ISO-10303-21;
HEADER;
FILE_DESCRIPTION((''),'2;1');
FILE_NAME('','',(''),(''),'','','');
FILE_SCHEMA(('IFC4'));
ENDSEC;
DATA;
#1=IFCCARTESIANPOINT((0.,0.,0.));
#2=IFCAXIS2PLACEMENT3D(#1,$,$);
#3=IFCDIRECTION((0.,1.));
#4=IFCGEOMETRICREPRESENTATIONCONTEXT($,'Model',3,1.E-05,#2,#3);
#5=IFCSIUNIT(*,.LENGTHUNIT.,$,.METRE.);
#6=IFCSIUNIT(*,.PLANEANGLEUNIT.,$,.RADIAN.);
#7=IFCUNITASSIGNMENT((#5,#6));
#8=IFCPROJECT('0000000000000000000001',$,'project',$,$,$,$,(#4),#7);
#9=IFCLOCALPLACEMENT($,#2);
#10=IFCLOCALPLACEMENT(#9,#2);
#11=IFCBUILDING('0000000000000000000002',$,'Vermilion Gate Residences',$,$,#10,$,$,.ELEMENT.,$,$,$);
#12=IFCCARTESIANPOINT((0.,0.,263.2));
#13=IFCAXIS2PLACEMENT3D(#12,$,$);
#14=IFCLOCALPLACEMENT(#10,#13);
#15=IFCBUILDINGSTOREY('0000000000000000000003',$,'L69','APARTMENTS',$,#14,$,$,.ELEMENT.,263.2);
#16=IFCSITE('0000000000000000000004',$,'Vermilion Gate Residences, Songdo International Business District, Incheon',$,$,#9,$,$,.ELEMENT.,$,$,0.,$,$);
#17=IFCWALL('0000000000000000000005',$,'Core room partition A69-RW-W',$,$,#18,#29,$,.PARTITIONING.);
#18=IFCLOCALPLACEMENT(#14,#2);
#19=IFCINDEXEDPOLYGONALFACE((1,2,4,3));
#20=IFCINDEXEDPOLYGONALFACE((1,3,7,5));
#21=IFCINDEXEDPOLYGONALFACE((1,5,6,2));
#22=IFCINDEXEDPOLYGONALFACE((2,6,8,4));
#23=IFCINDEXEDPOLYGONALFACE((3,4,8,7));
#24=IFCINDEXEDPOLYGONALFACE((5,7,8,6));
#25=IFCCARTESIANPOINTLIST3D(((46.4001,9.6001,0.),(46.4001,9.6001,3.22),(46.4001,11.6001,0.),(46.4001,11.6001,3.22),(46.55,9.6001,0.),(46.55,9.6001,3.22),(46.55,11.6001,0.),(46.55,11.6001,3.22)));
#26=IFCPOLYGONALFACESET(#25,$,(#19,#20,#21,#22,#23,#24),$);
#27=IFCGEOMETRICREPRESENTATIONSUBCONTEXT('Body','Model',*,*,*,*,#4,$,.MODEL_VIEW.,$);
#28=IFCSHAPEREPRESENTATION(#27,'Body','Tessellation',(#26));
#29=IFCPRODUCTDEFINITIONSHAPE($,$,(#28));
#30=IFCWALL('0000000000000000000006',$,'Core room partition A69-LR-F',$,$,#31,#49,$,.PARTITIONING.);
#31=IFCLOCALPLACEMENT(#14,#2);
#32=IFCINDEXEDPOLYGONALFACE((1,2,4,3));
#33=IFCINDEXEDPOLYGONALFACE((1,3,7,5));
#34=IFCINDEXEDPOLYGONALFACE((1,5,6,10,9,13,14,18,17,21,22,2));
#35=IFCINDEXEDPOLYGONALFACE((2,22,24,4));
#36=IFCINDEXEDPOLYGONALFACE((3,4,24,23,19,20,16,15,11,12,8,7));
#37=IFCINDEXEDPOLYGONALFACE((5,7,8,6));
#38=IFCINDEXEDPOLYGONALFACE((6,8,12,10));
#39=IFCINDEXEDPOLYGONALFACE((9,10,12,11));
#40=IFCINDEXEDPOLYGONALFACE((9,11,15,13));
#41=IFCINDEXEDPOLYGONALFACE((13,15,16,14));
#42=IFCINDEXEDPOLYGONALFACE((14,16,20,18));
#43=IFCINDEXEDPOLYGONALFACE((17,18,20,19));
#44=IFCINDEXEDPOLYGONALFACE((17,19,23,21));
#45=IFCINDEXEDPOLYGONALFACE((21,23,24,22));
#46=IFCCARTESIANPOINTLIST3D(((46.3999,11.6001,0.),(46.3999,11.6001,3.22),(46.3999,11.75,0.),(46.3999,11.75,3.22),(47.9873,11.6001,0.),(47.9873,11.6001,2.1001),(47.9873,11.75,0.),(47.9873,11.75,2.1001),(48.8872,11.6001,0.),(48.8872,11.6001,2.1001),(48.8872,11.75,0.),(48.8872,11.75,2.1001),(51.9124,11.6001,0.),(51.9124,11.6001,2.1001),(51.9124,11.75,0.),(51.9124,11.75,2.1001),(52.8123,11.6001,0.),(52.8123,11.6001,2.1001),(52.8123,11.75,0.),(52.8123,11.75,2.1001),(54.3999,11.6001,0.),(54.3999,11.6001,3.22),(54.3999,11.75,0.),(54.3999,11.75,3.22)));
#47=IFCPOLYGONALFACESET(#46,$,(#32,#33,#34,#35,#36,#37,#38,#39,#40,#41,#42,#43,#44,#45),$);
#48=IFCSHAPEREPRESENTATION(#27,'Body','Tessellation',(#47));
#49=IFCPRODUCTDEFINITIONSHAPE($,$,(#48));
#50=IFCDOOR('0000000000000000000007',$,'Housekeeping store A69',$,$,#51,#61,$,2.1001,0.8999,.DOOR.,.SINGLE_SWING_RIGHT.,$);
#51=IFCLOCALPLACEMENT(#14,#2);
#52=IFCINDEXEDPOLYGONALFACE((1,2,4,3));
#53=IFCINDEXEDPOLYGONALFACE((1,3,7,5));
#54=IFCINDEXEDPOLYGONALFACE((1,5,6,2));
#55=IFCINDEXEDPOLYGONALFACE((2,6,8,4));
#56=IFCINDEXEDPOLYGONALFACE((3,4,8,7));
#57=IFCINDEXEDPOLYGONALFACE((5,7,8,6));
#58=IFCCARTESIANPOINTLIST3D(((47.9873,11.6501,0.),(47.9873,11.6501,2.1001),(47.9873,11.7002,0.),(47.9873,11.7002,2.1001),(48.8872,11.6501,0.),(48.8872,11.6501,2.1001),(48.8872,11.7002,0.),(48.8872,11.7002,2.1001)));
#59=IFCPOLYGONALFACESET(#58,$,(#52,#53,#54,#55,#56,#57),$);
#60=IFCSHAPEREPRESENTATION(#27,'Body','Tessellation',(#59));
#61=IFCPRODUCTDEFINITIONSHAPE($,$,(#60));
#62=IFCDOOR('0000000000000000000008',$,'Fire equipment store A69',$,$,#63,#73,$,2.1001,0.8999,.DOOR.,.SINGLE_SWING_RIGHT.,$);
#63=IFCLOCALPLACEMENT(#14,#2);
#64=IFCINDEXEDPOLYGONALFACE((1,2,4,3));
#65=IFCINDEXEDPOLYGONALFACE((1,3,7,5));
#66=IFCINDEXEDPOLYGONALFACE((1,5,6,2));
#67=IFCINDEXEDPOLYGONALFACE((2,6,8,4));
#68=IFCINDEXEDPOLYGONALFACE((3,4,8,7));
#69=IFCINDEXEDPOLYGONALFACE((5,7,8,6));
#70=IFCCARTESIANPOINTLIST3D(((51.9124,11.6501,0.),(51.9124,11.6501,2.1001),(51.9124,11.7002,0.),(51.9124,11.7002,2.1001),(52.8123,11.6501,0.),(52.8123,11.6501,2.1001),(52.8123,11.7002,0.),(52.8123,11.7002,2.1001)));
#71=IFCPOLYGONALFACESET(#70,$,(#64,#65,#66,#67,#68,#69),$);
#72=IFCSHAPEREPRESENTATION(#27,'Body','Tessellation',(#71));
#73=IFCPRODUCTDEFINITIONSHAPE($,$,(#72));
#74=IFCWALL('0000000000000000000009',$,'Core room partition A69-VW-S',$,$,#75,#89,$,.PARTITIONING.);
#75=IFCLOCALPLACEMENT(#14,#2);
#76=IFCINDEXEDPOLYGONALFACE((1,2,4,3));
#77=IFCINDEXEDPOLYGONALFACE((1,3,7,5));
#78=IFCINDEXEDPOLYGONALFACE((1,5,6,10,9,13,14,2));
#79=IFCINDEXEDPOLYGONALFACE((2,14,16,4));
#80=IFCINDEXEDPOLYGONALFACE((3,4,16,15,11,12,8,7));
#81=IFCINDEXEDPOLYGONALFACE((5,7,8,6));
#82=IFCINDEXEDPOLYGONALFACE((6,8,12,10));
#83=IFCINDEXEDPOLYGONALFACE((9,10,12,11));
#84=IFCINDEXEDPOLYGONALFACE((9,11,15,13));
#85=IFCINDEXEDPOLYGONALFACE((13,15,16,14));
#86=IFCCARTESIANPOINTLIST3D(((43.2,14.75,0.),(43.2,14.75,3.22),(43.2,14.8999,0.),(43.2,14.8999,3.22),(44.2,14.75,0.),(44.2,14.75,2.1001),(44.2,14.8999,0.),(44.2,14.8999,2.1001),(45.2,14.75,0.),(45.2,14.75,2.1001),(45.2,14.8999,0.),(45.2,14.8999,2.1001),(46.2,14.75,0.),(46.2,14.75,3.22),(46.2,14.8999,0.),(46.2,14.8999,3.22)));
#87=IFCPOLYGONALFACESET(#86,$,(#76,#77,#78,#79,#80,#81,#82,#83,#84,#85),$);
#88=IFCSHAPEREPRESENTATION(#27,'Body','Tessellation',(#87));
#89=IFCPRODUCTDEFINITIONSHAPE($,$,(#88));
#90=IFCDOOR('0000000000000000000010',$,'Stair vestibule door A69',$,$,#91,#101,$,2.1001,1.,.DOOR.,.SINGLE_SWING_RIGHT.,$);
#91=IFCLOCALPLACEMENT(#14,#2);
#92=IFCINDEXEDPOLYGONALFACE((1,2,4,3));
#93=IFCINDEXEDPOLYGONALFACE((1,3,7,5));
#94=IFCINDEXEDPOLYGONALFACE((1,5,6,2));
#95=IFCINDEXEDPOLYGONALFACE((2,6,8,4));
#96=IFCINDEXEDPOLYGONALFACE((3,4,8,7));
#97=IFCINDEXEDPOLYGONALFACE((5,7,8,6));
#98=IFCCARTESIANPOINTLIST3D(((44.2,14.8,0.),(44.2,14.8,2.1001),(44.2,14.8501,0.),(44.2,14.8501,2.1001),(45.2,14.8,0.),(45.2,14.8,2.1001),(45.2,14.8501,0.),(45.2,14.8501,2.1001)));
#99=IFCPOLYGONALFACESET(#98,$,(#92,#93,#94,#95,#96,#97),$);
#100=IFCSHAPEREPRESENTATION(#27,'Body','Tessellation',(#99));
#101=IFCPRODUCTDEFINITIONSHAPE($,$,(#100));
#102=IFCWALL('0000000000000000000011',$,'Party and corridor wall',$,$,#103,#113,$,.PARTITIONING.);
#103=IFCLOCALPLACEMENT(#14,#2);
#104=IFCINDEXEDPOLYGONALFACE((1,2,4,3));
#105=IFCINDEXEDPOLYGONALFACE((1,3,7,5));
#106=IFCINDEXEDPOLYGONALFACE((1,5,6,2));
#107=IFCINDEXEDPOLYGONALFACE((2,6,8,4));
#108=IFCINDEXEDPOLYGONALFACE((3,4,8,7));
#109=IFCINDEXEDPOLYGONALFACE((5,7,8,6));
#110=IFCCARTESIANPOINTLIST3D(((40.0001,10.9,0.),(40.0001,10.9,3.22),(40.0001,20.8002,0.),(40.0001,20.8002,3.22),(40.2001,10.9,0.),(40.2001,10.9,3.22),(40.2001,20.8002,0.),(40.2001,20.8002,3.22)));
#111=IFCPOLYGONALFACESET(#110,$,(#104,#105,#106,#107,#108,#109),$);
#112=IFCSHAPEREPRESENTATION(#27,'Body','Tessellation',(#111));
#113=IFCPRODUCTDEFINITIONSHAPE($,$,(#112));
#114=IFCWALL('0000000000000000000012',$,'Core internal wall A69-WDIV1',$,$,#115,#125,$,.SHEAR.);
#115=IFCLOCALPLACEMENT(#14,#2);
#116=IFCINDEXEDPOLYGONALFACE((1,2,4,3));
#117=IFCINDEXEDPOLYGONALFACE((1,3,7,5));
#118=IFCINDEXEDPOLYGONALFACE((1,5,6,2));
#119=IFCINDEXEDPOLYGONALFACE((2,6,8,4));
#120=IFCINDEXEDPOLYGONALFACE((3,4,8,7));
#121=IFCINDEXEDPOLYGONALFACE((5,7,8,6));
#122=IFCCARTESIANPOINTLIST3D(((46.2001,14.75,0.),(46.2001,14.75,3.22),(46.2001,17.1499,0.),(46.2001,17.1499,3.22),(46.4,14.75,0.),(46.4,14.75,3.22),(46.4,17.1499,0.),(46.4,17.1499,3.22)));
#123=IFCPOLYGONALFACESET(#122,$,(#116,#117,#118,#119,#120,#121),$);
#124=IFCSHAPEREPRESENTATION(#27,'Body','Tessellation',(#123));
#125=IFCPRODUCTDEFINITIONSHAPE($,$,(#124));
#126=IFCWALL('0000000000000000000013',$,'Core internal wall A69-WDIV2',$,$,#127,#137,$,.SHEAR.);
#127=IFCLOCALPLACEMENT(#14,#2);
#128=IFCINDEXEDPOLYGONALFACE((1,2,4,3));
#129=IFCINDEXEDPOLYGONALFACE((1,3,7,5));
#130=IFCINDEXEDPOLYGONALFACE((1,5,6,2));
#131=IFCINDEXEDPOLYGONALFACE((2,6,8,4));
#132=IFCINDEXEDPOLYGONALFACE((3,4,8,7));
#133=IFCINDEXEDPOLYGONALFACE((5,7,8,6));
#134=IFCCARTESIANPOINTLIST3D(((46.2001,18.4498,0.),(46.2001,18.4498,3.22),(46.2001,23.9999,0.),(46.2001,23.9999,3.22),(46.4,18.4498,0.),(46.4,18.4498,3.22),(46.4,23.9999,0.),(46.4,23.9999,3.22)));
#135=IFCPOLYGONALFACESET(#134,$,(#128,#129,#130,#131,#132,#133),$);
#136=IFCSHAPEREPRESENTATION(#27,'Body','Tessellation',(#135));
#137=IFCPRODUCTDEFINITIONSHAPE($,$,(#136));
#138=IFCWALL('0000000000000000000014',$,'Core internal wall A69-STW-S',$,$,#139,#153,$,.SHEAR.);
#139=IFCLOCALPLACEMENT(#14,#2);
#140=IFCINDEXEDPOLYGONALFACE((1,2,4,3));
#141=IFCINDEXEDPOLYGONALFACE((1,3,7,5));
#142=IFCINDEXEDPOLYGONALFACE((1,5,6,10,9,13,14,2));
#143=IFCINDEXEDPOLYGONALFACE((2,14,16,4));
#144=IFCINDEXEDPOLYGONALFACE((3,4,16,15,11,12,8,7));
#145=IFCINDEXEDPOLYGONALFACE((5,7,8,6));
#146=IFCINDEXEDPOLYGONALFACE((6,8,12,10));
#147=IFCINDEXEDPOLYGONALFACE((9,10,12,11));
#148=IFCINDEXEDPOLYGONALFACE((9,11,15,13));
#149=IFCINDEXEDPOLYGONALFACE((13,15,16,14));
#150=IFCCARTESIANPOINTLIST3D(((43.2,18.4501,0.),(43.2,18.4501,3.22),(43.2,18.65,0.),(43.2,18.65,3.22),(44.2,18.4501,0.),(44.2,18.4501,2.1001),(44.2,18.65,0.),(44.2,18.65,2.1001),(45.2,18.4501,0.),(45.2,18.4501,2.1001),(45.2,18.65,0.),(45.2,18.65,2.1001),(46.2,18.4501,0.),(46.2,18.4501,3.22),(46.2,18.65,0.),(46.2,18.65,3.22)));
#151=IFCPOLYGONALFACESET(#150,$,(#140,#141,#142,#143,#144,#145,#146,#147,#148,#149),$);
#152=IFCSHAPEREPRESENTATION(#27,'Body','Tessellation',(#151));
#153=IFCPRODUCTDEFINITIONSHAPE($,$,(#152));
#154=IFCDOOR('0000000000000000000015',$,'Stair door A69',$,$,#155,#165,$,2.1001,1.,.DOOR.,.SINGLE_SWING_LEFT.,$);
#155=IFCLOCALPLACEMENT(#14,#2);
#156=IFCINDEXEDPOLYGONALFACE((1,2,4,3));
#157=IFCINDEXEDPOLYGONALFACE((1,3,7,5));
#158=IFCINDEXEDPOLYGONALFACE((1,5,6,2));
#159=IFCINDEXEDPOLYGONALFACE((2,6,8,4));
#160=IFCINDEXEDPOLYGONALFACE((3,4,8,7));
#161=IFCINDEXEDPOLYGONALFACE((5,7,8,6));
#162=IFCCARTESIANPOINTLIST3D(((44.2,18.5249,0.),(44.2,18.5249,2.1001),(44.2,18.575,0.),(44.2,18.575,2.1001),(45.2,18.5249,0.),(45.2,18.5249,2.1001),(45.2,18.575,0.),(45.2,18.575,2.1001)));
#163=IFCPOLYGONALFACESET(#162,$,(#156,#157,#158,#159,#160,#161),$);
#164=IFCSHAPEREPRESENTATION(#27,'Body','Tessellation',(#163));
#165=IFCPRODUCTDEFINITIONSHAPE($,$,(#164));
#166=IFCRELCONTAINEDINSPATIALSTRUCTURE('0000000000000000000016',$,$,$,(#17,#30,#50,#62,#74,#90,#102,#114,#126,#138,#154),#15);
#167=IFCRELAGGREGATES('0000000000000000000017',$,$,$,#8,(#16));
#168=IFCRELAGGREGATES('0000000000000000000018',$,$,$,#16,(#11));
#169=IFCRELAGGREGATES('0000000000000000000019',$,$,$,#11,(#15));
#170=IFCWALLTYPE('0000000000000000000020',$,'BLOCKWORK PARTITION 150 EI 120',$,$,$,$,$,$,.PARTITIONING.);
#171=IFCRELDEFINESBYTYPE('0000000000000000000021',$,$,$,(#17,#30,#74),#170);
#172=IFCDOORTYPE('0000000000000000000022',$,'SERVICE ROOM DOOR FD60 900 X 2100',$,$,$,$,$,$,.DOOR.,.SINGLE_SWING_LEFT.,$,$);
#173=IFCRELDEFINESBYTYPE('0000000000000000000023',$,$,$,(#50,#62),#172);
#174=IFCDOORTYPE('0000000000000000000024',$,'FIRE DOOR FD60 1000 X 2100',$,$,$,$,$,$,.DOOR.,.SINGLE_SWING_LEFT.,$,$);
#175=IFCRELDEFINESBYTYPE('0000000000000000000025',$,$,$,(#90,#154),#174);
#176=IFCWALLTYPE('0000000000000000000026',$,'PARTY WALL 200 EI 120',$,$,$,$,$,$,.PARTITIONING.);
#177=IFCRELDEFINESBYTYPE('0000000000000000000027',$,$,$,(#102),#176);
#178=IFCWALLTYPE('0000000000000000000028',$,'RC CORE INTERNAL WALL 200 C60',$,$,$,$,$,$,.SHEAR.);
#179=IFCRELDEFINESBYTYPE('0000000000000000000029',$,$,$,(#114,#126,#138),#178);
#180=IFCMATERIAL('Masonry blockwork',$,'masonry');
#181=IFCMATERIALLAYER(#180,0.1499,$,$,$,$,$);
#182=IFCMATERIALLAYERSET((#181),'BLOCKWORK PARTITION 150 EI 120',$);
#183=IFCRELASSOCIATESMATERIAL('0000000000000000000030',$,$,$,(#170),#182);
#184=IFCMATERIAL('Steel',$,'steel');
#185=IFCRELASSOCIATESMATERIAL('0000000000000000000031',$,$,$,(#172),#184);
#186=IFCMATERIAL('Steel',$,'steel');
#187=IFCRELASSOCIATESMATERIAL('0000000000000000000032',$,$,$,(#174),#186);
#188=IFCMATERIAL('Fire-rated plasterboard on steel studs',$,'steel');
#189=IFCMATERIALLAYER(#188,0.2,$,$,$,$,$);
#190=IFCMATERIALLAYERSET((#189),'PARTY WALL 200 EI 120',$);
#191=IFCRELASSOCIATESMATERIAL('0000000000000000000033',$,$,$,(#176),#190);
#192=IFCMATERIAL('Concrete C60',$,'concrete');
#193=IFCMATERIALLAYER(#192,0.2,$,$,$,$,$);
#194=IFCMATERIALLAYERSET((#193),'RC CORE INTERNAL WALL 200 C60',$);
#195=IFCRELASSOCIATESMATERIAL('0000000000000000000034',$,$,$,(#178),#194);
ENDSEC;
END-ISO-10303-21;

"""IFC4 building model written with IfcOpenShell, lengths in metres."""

from ifc_helpers import new_model, si_unit, direction, frame, frame_2d, origin, place, context, subcontext, project, spatial, rectangle, extrude, material, layer, layer_set, type_object, element, fill, save


model = new_model("IFC4")

# Units and contexts
model_context = context("Model", 3, precision=1e-05, world=origin(), true_north=direction((0.0, 1.0)))
body_context = subcontext(model_context, "Body", "Model", "MODEL_VIEW")
ifc_project = project(units=[si_unit("LENGTHUNIT", "METRE"), si_unit("PLANEANGLEUNIT", "RADIAN")], contexts=[model_context])

# Site, building, storey
site_placement = place(None, origin())
site = spatial("IfcSite", under=ifc_project, at=site_placement, Name="Vermilion Gate Residences, Songdo International Business District, Incheon", CompositionType="ELEMENT", RefElevation=0.0)
building_placement = place(site_placement, origin())
building = spatial("IfcBuilding", under=site, at=building_placement, Name="Vermilion Gate Residences", CompositionType="ELEMENT")
storey_placement = place(building_placement, frame((0.0, 0.0, 263.2)))
storey = spatial("IfcBuildingStorey", under=building, at=storey_placement, Name="L69", Description="APARTMENTS", CompositionType="ELEMENT", Elevation=263.2)

# Wall
ifc_material_1 = material(Name="Masonry blockwork", Category="masonry")
ifc_layer_1 = layer(ifc_material_1, 0.1499)
ifc_layer_set_1 = layer_set([ifc_layer_1], Name="BLOCKWORK PARTITION 150 EI 120")
wall_type_1 = type_object("IfcWallType", Name="BLOCKWORK PARTITION 150 EI 120", PredefinedType="PARTITIONING", material=ifc_layer_set_1)
wall_1_placement = place(storey_placement, frame((46.4751, 9.6001, 0.0), z_axis=(0.0, 0.0, 1.0), x_axis=(0.0, 1.0, 0.0)))
element("IfcWall", 1, at=wall_1_placement, inside=storey, type_object=wall_type_1, Name="Core room partition A69-RW-W", PredefinedType="PARTITIONING", context=body_context, shape_type="SweptSolid", body=[
    extrude(rectangle(XDim=2.0, YDim=0.1499, at=frame_2d((1.0, 0.0))), origin(), (0.0, 0.0, 1.0), 3.22),
])

# Wall, openings, doors
wall_2_placement = place(storey_placement, frame((46.3999, 11.675, 0.0), z_axis=(0.0, 0.0, 1.0), x_axis=(1.0, 0.0, 0.0)))
wall_2 = element("IfcWall", 2, at=wall_2_placement, inside=storey, type_object=wall_type_1, Name="Core room partition A69-LR-F", PredefinedType="PARTITIONING", context=body_context, shape_type="SweptSolid", body=[
    extrude(rectangle(XDim=8.0, YDim=0.1499, at=frame_2d((4.0, 0.0))), origin(), (0.0, 0.0, 1.0), 3.22),
])
opening_1_placement = place(wall_2_placement, frame((1.5874, 0.0, 0.0)))
opening_1 = element("IfcOpeningElement", 3, at=opening_1_placement, cuts=wall_2, PredefinedType="OPENING", context=body_context, shape_type="SweptSolid", body=[
    extrude(rectangle(XDim=0.8999, YDim=2.1001, at=frame_2d((0.45, 1.05))), frame((0.0, 0.085, 0.0), z_axis=(0.0, -1.0, 0.0), x_axis=(1.0, 0.0, 0.0)), (0.0, 0.0, 1.0), 0.1699),
])
opening_2_placement = place(wall_2_placement, frame((5.5125, 0.0, 0.0)))
opening_2 = element("IfcOpeningElement", 4, at=opening_2_placement, cuts=wall_2, PredefinedType="OPENING", context=body_context, shape_type="SweptSolid", body=[
    extrude(rectangle(XDim=0.8999, YDim=2.1001, at=frame_2d((0.45, 1.05))), frame((0.0, 0.085, 0.0), z_axis=(0.0, -1.0, 0.0), x_axis=(1.0, 0.0, 0.0)), (0.0, 0.0, 1.0), 0.1699),
])
ifc_material_2 = material(Name="Steel", Category="steel")
door_type_1 = type_object("IfcDoorType", Name="SERVICE ROOM DOOR FD60 900 X 2100", OperationType="SINGLE_SWING_LEFT", PredefinedType="DOOR", material=ifc_material_2)
door_1_placement = place(opening_1_placement, frame((0.8999, 0.0, 0.0), z_axis=(0.0, 0.0, 1.0), x_axis=(-1.0, 0.0, 0.0)))
door_1 = element("IfcDoor", 5, at=door_1_placement, inside=storey, type_object=door_type_1, Name="Housekeeping store A69", OperationType="SINGLE_SWING_RIGHT", OverallHeight=2.1001, OverallWidth=0.8999, PredefinedType="DOOR", context=body_context, shape_type="SweptSolid", body=[
    extrude(rectangle(XDim=0.8999, YDim=2.1001, at=frame_2d((0.45, 1.05))), frame((0.0, 0.0249, 0.0), z_axis=(0.0, -1.0, 0.0), x_axis=(1.0, 0.0, 0.0)), (0.0, 0.0, 1.0), 0.05),
])
fill(opening_1, door_1)
door_2_placement = place(opening_2_placement, frame((0.8999, 0.0, 0.0), z_axis=(0.0, 0.0, 1.0), x_axis=(-1.0, 0.0, 0.0)))
door_2 = element("IfcDoor", 6, at=door_2_placement, inside=storey, type_object=door_type_1, Name="Fire equipment store A69", OperationType="SINGLE_SWING_RIGHT", OverallHeight=2.1001, OverallWidth=0.8999, PredefinedType="DOOR", context=body_context, shape_type="SweptSolid", body=[
    extrude(rectangle(XDim=0.8999, YDim=2.1001, at=frame_2d((0.45, 1.05))), frame((0.0, 0.0249, 0.0), z_axis=(0.0, -1.0, 0.0), x_axis=(1.0, 0.0, 0.0)), (0.0, 0.0, 1.0), 0.05),
])
fill(opening_2, door_2)

# Wall, opening, door
wall_3_placement = place(storey_placement, frame((43.2, 14.825, 0.0), z_axis=(0.0, 0.0, 1.0), x_axis=(1.0, 0.0, 0.0)))
wall_3 = element("IfcWall", 7, at=wall_3_placement, inside=storey, type_object=wall_type_1, Name="Core room partition A69-VW-S", PredefinedType="PARTITIONING", context=body_context, shape_type="SweptSolid", body=[
    extrude(rectangle(XDim=3.0, YDim=0.1499, at=frame_2d((1.5, 0.0))), origin(), (0.0, 0.0, 1.0), 3.22),
])
opening_3_placement = place(wall_3_placement, frame((1.0, 0.0, 0.0)))
opening_3 = element("IfcOpeningElement", 8, at=opening_3_placement, cuts=wall_3, PredefinedType="OPENING", context=body_context, shape_type="SweptSolid", body=[
    extrude(rectangle(XDim=1.0, YDim=2.1001, at=frame_2d((0.5, 1.05))), frame((0.0, 0.085, 0.0), z_axis=(0.0, -1.0, 0.0), x_axis=(1.0, 0.0, 0.0)), (0.0, 0.0, 1.0), 0.1699),
])
ifc_material_3 = material(Name="Steel", Category="steel")
door_type_2 = type_object("IfcDoorType", Name="FIRE DOOR FD60 1000 X 2100", OperationType="SINGLE_SWING_LEFT", PredefinedType="DOOR", material=ifc_material_3)
door_3_placement = place(opening_3_placement, frame((1.0, 0.0, 0.0), z_axis=(0.0, 0.0, 1.0), x_axis=(-1.0, 0.0, 0.0)))
door_3 = element("IfcDoor", 9, at=door_3_placement, inside=storey, type_object=door_type_2, Name="Stair vestibule door A69", OperationType="SINGLE_SWING_RIGHT", OverallHeight=2.1001, OverallWidth=1.0, PredefinedType="DOOR", context=body_context, shape_type="SweptSolid", body=[
    extrude(rectangle(XDim=1.0, YDim=2.1001, at=frame_2d((0.5, 1.05))), frame((0.0, 0.0249, 0.0), z_axis=(0.0, -1.0, 0.0), x_axis=(1.0, 0.0, 0.0)), (0.0, 0.0, 1.0), 0.05),
])
fill(opening_3, door_3)

# Walls
ifc_material_4 = material(Name="Fire-rated plasterboard on steel studs", Category="steel")
ifc_layer_2 = layer(ifc_material_4, 0.2)
ifc_layer_set_2 = layer_set([ifc_layer_2], Name="PARTY WALL 200 EI 120")
wall_type_2 = type_object("IfcWallType", Name="PARTY WALL 200 EI 120", PredefinedType="PARTITIONING", material=ifc_layer_set_2)
wall_4_placement = place(storey_placement, frame((40.1001, 10.8999, 0.0), z_axis=(0.0, 0.0, 1.0), x_axis=(0.0, 1.0, 0.0)))
element("IfcWall", 10, at=wall_4_placement, inside=storey, type_object=wall_type_2, Name="Party and corridor wall", PredefinedType="PARTITIONING", context=body_context, shape_type="SweptSolid", body=[
    extrude(rectangle(XDim=9.9001, YDim=0.2, at=frame_2d((4.9502, 0.0))), origin(), (0.0, 0.0, 1.0), 3.22),
])
ifc_material_5 = material(Name="Concrete C60", Category="concrete")
ifc_layer_3 = layer(ifc_material_5, 0.2)
ifc_layer_set_3 = layer_set([ifc_layer_3], Name="RC CORE INTERNAL WALL 200 C60")
wall_type_3 = type_object("IfcWallType", Name="RC CORE INTERNAL WALL 200 C60", PredefinedType="SHEAR", material=ifc_layer_set_3)
wall_5_placement = place(storey_placement, frame((46.3, 14.75, 0.0), z_axis=(0.0, 0.0, 1.0), x_axis=(0.0, 1.0, 0.0)))
element("IfcWall", 11, at=wall_5_placement, inside=storey, type_object=wall_type_3, Name="Core internal wall A69-WDIV1", PredefinedType="SHEAR", context=body_context, shape_type="SweptSolid", body=[
    extrude(rectangle(XDim=2.3999, YDim=0.2, at=frame_2d((1.2, 0.0))), origin(), (0.0, 0.0, 1.0), 3.22),
])
wall_6_placement = place(storey_placement, frame((46.3, 18.45, 0.0), z_axis=(0.0, 0.0, 1.0), x_axis=(0.0, 1.0, 0.0)))
element("IfcWall", 12, at=wall_6_placement, inside=storey, type_object=wall_type_3, Name="Core internal wall A69-WDIV2", PredefinedType="SHEAR", context=body_context, shape_type="SweptSolid", body=[
    extrude(rectangle(XDim=5.55, YDim=0.2, at=frame_2d((2.7749, 0.0))), origin(), (0.0, 0.0, 1.0), 3.22),
])

# Wall, opening, door
wall_7_placement = place(storey_placement, frame((43.2, 18.55, 0.0), z_axis=(0.0, 0.0, 1.0), x_axis=(1.0, 0.0, 0.0)))
wall_7 = element("IfcWall", 13, at=wall_7_placement, inside=storey, type_object=wall_type_3, Name="Core internal wall A69-STW-S", PredefinedType="SHEAR", context=body_context, shape_type="SweptSolid", body=[
    extrude(rectangle(XDim=3.0, YDim=0.2, at=frame_2d((1.5, 0.0))), origin(), (0.0, 0.0, 1.0), 3.22),
])
opening_4_placement = place(wall_7_placement, frame((1.0, 0.0, 0.0)))
opening_4 = element("IfcOpeningElement", 14, at=opening_4_placement, cuts=wall_7, PredefinedType="OPENING", context=body_context, shape_type="SweptSolid", body=[
    extrude(rectangle(XDim=1.0, YDim=2.1001, at=frame_2d((0.5, 1.05))), frame((0.0, 0.1099, 0.0), z_axis=(0.0, -1.0, 0.0), x_axis=(1.0, 0.0, 0.0)), (0.0, 0.0, 1.0), 0.22),
])
door_4_placement = place(opening_4_placement, origin())
door_4 = element("IfcDoor", 15, at=door_4_placement, inside=storey, type_object=door_type_2, Name="Stair door A69", OperationType="SINGLE_SWING_LEFT", OverallHeight=2.1001, OverallWidth=1.0, PredefinedType="DOOR", context=body_context, shape_type="SweptSolid", body=[
    extrude(rectangle(XDim=1.0, YDim=2.1001, at=frame_2d((0.5, 1.05))), frame((0.0, 0.0249, 0.0), z_axis=(0.0, -1.0, 0.0), x_axis=(1.0, 0.0, 0.0)), (0.0, 0.0, 1.0), 0.05),
])
fill(opening_4, door_4)

save(model, "model.ifc")
